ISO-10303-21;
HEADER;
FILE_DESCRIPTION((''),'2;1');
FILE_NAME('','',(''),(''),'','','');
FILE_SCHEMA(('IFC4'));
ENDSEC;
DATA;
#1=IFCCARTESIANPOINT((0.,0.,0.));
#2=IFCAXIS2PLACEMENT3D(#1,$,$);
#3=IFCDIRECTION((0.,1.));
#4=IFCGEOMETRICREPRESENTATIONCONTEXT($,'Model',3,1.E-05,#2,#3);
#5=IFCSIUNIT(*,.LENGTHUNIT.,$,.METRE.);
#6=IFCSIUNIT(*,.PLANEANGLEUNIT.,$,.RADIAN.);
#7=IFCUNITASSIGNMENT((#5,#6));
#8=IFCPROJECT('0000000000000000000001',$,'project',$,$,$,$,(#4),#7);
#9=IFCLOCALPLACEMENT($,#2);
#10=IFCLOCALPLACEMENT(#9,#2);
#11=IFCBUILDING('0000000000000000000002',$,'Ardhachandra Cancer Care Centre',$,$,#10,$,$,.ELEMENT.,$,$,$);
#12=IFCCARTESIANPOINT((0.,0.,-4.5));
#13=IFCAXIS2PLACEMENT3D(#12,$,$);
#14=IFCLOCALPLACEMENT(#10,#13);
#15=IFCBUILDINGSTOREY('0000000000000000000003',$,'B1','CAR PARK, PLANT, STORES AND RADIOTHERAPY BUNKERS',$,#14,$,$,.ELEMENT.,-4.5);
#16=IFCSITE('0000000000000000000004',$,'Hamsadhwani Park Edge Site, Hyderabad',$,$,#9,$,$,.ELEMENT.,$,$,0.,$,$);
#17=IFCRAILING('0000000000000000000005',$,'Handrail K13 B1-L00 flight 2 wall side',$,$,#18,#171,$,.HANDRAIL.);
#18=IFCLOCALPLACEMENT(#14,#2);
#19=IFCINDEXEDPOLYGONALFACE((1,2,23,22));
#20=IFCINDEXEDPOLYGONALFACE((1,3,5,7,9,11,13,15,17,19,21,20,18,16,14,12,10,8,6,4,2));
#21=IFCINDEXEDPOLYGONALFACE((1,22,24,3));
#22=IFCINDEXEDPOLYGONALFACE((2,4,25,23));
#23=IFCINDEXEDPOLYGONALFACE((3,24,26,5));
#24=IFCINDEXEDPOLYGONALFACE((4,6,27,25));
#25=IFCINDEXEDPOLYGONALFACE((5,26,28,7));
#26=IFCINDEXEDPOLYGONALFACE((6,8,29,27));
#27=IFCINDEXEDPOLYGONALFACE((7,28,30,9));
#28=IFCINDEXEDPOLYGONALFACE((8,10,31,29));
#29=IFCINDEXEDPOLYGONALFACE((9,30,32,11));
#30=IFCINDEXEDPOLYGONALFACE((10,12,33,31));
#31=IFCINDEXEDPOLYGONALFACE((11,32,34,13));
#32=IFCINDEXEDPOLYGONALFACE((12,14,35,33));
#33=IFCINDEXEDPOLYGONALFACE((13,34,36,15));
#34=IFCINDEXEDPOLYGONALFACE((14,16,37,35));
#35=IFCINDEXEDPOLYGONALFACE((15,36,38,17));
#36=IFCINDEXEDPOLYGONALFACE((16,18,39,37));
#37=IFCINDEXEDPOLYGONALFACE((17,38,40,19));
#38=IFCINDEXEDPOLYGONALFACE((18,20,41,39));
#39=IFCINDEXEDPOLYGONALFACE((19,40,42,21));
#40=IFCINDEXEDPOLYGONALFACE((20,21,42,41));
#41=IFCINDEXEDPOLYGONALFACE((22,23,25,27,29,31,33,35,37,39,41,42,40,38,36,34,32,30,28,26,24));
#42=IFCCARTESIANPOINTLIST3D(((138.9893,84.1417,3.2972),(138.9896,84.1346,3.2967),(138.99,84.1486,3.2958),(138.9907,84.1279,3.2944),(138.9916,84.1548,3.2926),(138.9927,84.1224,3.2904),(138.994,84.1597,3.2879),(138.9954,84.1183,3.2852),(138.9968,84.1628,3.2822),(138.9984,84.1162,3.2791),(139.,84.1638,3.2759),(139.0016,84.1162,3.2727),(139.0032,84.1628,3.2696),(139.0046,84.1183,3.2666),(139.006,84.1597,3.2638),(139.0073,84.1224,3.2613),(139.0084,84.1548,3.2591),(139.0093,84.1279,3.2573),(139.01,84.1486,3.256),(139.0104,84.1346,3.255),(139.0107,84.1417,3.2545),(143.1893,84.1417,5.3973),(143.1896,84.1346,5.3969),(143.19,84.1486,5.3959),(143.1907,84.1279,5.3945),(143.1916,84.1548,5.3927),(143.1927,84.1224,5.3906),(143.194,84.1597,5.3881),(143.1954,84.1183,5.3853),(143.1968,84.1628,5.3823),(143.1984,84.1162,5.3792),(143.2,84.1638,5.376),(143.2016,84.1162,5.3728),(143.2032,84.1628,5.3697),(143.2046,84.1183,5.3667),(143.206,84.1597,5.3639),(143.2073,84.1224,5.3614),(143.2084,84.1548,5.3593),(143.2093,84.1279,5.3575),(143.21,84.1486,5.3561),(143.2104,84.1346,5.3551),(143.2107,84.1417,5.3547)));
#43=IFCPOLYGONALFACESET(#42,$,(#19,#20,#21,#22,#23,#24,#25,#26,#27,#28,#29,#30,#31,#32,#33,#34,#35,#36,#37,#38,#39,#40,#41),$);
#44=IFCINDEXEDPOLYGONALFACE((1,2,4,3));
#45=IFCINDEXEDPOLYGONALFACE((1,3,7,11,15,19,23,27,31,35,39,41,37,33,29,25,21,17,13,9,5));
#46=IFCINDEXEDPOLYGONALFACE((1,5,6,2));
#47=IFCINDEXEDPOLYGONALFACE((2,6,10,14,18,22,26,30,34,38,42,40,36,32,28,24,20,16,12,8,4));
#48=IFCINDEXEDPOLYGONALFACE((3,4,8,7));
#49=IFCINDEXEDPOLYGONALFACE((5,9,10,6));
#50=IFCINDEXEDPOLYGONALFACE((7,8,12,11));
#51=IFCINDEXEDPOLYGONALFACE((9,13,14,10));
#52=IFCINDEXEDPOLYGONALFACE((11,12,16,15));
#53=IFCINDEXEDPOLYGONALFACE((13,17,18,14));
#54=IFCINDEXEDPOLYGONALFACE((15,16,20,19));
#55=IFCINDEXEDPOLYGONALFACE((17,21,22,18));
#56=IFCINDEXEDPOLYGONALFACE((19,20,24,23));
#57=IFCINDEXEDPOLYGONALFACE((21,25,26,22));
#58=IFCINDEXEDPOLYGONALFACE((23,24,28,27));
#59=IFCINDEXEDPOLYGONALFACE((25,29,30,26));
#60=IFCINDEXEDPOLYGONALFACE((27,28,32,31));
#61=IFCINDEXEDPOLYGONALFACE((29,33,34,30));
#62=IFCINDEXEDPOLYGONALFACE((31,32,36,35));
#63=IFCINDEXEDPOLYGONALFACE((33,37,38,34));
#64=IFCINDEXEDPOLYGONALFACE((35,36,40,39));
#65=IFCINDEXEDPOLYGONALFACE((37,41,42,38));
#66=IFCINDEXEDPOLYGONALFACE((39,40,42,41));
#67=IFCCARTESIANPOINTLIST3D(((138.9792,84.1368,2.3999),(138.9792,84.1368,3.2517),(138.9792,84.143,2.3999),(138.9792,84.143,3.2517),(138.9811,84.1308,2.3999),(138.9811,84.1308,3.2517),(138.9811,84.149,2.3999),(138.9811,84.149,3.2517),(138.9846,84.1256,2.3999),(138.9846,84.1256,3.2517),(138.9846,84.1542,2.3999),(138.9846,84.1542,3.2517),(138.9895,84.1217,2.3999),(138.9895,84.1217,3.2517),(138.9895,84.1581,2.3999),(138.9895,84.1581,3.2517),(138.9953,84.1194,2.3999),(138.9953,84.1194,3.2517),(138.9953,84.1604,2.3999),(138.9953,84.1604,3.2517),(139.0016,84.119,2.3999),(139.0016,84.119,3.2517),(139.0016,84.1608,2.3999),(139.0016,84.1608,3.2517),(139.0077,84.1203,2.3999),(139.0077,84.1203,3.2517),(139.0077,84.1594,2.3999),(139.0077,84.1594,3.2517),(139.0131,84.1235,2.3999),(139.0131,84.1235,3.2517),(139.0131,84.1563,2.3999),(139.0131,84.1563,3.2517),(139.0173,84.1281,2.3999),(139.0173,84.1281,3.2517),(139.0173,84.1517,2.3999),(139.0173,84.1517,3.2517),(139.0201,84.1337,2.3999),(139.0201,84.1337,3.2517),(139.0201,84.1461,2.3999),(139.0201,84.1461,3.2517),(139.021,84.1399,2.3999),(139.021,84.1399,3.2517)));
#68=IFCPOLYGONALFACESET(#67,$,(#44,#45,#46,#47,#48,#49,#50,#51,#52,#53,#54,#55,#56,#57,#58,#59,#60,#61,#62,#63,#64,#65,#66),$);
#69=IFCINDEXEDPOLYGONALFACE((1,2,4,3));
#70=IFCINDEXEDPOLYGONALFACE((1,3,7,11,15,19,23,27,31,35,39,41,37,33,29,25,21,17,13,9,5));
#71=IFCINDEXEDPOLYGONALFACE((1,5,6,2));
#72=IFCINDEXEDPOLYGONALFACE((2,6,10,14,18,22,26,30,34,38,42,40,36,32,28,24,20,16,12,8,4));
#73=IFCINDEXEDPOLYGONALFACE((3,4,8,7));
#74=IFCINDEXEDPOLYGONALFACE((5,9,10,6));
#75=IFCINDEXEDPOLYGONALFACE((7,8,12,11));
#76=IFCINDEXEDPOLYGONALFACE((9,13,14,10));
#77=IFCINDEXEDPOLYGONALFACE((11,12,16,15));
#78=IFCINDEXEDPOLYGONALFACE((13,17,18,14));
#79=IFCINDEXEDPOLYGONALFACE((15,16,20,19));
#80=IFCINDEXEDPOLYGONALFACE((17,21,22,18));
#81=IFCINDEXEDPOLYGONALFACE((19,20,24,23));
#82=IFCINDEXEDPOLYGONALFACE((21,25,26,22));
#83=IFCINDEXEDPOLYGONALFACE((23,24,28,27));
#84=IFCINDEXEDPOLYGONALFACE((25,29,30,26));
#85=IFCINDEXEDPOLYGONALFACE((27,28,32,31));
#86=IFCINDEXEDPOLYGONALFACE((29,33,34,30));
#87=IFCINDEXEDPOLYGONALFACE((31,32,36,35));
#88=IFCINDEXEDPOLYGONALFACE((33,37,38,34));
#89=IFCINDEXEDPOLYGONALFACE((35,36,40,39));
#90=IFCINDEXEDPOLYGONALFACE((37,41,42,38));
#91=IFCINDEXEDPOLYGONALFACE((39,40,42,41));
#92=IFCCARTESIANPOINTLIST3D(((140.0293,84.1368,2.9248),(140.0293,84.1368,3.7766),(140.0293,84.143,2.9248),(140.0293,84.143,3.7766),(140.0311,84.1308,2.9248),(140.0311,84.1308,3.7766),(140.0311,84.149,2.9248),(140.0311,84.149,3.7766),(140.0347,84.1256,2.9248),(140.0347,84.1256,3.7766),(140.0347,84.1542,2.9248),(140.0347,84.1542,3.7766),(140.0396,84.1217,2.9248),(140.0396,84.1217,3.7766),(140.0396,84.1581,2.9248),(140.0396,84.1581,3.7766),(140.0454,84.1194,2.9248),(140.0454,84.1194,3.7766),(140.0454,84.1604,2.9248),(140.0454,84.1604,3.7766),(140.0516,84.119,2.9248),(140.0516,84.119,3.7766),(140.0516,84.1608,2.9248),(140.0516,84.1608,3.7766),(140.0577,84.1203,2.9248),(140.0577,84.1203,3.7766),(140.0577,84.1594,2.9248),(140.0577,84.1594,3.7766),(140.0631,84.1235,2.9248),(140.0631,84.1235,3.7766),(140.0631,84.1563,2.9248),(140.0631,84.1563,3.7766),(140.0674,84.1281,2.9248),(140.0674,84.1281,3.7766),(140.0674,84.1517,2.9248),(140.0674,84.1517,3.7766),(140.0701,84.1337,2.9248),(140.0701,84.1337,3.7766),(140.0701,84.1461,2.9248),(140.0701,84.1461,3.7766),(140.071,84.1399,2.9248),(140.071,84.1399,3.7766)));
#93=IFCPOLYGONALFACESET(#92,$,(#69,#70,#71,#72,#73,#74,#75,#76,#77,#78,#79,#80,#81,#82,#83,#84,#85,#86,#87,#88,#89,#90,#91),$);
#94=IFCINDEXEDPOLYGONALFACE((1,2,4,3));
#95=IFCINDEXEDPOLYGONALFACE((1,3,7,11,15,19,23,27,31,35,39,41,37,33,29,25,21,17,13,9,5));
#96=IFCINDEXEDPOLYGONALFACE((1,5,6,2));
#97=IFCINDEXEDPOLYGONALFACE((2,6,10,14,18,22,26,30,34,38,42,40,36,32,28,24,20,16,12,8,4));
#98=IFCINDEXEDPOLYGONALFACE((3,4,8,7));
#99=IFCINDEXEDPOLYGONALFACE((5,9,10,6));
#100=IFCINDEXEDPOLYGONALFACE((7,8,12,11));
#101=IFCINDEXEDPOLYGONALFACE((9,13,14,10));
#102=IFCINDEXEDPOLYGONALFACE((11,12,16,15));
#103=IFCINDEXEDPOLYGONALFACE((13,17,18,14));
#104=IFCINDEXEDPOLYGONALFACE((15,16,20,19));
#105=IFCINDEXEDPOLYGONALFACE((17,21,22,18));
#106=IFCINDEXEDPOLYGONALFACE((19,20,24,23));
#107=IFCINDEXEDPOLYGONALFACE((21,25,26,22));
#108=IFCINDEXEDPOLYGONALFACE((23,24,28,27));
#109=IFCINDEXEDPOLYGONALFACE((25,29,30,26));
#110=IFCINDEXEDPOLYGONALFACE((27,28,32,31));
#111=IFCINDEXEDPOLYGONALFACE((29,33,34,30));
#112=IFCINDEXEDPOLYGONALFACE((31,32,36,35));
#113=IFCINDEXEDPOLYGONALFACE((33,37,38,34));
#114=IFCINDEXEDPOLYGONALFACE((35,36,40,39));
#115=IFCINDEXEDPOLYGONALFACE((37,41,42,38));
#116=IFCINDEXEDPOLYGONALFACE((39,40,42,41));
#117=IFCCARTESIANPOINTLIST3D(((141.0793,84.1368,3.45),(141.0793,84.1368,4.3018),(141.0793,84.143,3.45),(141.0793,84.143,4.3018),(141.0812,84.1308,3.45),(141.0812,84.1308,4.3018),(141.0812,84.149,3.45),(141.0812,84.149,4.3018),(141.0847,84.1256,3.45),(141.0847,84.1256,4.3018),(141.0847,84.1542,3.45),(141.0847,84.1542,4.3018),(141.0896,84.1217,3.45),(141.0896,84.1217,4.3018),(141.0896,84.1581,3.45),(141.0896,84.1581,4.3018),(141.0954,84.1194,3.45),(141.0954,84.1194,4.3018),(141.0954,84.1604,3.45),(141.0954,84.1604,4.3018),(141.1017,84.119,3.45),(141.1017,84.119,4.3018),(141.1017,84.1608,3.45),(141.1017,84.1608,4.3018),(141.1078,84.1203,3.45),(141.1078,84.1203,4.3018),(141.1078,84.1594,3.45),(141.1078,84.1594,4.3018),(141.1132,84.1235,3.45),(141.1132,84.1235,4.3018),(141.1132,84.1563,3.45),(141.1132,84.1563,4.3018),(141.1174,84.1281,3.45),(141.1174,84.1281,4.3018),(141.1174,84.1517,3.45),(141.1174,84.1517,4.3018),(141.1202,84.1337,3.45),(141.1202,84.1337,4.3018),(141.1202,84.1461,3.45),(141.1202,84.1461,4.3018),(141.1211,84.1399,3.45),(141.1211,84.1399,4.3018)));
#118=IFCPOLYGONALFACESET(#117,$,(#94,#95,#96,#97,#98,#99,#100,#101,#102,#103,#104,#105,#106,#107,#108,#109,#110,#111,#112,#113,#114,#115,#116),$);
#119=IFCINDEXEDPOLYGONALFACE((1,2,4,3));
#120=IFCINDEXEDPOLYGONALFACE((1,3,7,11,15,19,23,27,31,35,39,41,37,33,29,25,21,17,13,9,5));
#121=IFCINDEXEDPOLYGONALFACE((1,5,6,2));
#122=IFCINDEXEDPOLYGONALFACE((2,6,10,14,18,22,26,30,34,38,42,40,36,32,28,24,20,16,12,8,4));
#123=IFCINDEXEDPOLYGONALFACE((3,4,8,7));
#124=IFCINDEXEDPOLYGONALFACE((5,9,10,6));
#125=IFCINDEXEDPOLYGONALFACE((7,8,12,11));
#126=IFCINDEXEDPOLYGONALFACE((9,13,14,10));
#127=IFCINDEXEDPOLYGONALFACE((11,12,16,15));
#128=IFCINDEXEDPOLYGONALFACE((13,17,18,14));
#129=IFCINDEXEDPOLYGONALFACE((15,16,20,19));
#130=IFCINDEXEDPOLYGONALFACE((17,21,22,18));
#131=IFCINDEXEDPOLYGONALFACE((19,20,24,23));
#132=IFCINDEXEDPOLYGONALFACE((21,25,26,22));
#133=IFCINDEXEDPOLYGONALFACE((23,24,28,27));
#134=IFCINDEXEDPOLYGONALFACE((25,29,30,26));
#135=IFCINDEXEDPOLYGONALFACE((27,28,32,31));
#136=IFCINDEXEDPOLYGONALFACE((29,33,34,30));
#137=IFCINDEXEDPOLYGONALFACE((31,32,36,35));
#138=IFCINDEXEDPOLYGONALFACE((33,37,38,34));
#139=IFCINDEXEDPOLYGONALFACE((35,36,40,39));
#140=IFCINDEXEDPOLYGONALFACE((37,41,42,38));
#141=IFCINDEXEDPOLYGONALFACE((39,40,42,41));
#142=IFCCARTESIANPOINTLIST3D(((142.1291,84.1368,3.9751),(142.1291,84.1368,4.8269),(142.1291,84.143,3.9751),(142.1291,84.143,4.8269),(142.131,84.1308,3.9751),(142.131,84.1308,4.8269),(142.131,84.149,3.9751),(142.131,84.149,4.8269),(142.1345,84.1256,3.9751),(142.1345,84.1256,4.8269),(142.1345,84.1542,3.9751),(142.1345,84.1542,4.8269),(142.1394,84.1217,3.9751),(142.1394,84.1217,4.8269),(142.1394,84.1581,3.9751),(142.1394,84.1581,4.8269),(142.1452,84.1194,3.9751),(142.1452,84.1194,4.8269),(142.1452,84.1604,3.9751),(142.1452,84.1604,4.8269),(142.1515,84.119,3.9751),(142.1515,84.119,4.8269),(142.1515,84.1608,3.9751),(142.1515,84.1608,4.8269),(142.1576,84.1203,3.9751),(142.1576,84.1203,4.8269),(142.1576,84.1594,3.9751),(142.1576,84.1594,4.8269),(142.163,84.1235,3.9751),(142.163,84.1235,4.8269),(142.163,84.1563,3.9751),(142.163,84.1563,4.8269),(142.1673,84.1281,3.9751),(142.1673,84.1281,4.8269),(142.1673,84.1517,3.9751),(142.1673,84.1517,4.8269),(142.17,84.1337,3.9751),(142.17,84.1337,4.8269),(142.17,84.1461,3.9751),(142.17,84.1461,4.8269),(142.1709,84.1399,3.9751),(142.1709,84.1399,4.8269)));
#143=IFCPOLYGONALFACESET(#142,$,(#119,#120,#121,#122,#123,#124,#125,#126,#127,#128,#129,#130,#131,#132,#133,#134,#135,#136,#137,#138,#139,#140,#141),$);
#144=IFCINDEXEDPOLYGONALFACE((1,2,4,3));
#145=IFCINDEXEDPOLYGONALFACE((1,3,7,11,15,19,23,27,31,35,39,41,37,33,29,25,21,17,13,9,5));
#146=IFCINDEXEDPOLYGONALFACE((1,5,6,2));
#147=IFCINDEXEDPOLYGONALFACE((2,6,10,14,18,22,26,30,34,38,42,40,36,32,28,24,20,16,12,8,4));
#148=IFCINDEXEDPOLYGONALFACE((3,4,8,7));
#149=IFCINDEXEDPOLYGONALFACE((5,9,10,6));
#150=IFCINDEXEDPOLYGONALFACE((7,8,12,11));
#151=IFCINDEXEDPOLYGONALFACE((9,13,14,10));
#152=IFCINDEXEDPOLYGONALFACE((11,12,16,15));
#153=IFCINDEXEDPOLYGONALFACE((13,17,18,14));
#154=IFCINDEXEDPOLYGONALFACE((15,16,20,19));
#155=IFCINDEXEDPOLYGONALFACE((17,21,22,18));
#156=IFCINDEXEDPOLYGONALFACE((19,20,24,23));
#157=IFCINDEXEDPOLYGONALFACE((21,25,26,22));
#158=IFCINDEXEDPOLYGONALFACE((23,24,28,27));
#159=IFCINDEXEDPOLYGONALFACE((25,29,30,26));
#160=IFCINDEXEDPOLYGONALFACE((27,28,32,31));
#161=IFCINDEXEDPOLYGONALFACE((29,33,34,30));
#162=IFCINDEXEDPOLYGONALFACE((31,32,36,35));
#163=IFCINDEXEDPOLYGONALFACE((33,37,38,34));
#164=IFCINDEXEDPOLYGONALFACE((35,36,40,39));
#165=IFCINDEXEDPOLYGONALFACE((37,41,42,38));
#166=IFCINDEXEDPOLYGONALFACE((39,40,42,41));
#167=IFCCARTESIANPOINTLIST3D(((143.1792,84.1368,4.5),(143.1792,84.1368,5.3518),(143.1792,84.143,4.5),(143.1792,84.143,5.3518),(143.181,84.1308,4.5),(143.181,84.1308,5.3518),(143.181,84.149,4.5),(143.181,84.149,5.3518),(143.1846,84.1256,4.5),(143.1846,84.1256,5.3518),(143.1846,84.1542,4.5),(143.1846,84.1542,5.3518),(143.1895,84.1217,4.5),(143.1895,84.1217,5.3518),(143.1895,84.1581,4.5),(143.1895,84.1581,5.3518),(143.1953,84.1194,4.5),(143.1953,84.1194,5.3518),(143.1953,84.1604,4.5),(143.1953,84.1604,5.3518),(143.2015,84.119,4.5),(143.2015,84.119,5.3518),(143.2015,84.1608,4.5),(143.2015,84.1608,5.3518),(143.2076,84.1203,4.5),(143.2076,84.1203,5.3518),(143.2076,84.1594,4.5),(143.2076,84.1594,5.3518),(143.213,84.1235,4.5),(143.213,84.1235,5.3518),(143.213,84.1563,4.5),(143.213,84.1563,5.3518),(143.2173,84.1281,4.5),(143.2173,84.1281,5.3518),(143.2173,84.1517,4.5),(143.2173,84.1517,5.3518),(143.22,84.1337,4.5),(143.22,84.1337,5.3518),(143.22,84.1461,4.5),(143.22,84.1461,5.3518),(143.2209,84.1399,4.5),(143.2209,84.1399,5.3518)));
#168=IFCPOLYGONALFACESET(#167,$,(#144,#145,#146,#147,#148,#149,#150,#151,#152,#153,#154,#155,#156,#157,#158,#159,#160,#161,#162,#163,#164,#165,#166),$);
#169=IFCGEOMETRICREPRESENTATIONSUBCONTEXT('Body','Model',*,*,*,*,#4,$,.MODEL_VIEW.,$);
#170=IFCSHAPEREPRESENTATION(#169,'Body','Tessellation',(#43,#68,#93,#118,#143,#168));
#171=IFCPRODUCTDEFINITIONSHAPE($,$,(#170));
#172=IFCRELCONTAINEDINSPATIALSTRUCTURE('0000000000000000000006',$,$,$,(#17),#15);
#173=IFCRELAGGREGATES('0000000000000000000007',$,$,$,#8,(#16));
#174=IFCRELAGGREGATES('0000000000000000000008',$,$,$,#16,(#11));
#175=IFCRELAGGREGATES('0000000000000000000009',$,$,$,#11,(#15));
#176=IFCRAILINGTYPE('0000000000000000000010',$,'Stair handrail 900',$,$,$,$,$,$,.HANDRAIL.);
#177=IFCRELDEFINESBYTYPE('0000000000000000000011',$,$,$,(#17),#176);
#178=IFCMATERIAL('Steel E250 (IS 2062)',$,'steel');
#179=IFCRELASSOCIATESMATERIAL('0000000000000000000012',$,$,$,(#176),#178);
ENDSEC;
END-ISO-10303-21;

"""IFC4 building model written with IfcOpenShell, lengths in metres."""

from ifc_helpers import new_model, si_unit, direction, frame, origin, origin_2d, place, context, subcontext, project, spatial, circle, extrude, material, type_object, element, save


model = new_model("IFC4")

# Units and contexts
model_context = context("Model", 3, precision=1e-05, world=origin(), true_north=direction((0.0, 1.0)))
body_context = subcontext(model_context, "Body", "Model", "MODEL_VIEW")
ifc_project = project(units=[si_unit("LENGTHUNIT", "METRE"), si_unit("PLANEANGLEUNIT", "RADIAN")], contexts=[model_context])

# Site, building, storey
site_placement = place(None, origin())
site = spatial("IfcSite", under=ifc_project, at=site_placement, Name="Hamsadhwani Park Edge Site, Hyderabad", CompositionType="ELEMENT", RefElevation=0.0)
building_placement = place(site_placement, origin())
building = spatial("IfcBuilding", under=site, at=building_placement, Name="Ardhachandra Cancer Care Centre", CompositionType="ELEMENT")
storey_placement = place(building_placement, frame((0.0, 0.0, -4.5)))
storey = spatial("IfcBuildingStorey", under=building, at=storey_placement, Name="B1", Description="CAR PARK, PLANT, STORES AND RADIOTHERAPY BUNKERS", CompositionType="ELEMENT", Elevation=-4.5)

# Railing
ifc_material_1 = material(Name="Steel E250 (IS 2062)", Category="steel")
railing_type = type_object("IfcRailingType", Name="Stair handrail 900", PredefinedType="HANDRAIL", material=ifc_material_1)
for number, where, name in (
    (1, (139.0, 84.1399, 2.3999), "Handrail K13 B1-L00 flight 2 wall side"),
):
    element("IfcRailing", number, at=place(storey_placement, frame(where)), inside=storey, type_object=railing_type, Name=name, PredefinedType="HANDRAIL", context=body_context, shape_type="SweptSolid", body=[
        extrude(circle(Radius=0.0239, at=origin_2d()), frame((0.0, 0.0, 0.876), z_axis=(0.894417, 0.0, 0.447234), x_axis=(0.0, 1.0, 0.0)), (0.0, 0.0, 1.0), 4.6958),
        extrude(circle(Radius=0.021, at=origin_2d()), origin(), (0.0, 0.0, 1.0), 0.8518),
        extrude(circle(Radius=0.021, at=origin_2d()), frame((1.05, 0.0, 0.5249)), (0.0, 0.0, 1.0), 0.8518),
        extrude(circle(Radius=0.021, at=origin_2d()), frame((2.1001, 0.0, 1.05)), (0.0, 0.0, 1.0), 0.8518),
        extrude(circle(Radius=0.021, at=origin_2d()), frame((3.1499, 0.0, 1.5752)), (0.0, 0.0, 1.0), 0.8518),
        extrude(circle(Radius=0.021, at=origin_2d()), frame((4.2, 0.0, 2.1001)), (0.0, 0.0, 1.0), 0.8518),
    ])

save(model, "model.ifc")
